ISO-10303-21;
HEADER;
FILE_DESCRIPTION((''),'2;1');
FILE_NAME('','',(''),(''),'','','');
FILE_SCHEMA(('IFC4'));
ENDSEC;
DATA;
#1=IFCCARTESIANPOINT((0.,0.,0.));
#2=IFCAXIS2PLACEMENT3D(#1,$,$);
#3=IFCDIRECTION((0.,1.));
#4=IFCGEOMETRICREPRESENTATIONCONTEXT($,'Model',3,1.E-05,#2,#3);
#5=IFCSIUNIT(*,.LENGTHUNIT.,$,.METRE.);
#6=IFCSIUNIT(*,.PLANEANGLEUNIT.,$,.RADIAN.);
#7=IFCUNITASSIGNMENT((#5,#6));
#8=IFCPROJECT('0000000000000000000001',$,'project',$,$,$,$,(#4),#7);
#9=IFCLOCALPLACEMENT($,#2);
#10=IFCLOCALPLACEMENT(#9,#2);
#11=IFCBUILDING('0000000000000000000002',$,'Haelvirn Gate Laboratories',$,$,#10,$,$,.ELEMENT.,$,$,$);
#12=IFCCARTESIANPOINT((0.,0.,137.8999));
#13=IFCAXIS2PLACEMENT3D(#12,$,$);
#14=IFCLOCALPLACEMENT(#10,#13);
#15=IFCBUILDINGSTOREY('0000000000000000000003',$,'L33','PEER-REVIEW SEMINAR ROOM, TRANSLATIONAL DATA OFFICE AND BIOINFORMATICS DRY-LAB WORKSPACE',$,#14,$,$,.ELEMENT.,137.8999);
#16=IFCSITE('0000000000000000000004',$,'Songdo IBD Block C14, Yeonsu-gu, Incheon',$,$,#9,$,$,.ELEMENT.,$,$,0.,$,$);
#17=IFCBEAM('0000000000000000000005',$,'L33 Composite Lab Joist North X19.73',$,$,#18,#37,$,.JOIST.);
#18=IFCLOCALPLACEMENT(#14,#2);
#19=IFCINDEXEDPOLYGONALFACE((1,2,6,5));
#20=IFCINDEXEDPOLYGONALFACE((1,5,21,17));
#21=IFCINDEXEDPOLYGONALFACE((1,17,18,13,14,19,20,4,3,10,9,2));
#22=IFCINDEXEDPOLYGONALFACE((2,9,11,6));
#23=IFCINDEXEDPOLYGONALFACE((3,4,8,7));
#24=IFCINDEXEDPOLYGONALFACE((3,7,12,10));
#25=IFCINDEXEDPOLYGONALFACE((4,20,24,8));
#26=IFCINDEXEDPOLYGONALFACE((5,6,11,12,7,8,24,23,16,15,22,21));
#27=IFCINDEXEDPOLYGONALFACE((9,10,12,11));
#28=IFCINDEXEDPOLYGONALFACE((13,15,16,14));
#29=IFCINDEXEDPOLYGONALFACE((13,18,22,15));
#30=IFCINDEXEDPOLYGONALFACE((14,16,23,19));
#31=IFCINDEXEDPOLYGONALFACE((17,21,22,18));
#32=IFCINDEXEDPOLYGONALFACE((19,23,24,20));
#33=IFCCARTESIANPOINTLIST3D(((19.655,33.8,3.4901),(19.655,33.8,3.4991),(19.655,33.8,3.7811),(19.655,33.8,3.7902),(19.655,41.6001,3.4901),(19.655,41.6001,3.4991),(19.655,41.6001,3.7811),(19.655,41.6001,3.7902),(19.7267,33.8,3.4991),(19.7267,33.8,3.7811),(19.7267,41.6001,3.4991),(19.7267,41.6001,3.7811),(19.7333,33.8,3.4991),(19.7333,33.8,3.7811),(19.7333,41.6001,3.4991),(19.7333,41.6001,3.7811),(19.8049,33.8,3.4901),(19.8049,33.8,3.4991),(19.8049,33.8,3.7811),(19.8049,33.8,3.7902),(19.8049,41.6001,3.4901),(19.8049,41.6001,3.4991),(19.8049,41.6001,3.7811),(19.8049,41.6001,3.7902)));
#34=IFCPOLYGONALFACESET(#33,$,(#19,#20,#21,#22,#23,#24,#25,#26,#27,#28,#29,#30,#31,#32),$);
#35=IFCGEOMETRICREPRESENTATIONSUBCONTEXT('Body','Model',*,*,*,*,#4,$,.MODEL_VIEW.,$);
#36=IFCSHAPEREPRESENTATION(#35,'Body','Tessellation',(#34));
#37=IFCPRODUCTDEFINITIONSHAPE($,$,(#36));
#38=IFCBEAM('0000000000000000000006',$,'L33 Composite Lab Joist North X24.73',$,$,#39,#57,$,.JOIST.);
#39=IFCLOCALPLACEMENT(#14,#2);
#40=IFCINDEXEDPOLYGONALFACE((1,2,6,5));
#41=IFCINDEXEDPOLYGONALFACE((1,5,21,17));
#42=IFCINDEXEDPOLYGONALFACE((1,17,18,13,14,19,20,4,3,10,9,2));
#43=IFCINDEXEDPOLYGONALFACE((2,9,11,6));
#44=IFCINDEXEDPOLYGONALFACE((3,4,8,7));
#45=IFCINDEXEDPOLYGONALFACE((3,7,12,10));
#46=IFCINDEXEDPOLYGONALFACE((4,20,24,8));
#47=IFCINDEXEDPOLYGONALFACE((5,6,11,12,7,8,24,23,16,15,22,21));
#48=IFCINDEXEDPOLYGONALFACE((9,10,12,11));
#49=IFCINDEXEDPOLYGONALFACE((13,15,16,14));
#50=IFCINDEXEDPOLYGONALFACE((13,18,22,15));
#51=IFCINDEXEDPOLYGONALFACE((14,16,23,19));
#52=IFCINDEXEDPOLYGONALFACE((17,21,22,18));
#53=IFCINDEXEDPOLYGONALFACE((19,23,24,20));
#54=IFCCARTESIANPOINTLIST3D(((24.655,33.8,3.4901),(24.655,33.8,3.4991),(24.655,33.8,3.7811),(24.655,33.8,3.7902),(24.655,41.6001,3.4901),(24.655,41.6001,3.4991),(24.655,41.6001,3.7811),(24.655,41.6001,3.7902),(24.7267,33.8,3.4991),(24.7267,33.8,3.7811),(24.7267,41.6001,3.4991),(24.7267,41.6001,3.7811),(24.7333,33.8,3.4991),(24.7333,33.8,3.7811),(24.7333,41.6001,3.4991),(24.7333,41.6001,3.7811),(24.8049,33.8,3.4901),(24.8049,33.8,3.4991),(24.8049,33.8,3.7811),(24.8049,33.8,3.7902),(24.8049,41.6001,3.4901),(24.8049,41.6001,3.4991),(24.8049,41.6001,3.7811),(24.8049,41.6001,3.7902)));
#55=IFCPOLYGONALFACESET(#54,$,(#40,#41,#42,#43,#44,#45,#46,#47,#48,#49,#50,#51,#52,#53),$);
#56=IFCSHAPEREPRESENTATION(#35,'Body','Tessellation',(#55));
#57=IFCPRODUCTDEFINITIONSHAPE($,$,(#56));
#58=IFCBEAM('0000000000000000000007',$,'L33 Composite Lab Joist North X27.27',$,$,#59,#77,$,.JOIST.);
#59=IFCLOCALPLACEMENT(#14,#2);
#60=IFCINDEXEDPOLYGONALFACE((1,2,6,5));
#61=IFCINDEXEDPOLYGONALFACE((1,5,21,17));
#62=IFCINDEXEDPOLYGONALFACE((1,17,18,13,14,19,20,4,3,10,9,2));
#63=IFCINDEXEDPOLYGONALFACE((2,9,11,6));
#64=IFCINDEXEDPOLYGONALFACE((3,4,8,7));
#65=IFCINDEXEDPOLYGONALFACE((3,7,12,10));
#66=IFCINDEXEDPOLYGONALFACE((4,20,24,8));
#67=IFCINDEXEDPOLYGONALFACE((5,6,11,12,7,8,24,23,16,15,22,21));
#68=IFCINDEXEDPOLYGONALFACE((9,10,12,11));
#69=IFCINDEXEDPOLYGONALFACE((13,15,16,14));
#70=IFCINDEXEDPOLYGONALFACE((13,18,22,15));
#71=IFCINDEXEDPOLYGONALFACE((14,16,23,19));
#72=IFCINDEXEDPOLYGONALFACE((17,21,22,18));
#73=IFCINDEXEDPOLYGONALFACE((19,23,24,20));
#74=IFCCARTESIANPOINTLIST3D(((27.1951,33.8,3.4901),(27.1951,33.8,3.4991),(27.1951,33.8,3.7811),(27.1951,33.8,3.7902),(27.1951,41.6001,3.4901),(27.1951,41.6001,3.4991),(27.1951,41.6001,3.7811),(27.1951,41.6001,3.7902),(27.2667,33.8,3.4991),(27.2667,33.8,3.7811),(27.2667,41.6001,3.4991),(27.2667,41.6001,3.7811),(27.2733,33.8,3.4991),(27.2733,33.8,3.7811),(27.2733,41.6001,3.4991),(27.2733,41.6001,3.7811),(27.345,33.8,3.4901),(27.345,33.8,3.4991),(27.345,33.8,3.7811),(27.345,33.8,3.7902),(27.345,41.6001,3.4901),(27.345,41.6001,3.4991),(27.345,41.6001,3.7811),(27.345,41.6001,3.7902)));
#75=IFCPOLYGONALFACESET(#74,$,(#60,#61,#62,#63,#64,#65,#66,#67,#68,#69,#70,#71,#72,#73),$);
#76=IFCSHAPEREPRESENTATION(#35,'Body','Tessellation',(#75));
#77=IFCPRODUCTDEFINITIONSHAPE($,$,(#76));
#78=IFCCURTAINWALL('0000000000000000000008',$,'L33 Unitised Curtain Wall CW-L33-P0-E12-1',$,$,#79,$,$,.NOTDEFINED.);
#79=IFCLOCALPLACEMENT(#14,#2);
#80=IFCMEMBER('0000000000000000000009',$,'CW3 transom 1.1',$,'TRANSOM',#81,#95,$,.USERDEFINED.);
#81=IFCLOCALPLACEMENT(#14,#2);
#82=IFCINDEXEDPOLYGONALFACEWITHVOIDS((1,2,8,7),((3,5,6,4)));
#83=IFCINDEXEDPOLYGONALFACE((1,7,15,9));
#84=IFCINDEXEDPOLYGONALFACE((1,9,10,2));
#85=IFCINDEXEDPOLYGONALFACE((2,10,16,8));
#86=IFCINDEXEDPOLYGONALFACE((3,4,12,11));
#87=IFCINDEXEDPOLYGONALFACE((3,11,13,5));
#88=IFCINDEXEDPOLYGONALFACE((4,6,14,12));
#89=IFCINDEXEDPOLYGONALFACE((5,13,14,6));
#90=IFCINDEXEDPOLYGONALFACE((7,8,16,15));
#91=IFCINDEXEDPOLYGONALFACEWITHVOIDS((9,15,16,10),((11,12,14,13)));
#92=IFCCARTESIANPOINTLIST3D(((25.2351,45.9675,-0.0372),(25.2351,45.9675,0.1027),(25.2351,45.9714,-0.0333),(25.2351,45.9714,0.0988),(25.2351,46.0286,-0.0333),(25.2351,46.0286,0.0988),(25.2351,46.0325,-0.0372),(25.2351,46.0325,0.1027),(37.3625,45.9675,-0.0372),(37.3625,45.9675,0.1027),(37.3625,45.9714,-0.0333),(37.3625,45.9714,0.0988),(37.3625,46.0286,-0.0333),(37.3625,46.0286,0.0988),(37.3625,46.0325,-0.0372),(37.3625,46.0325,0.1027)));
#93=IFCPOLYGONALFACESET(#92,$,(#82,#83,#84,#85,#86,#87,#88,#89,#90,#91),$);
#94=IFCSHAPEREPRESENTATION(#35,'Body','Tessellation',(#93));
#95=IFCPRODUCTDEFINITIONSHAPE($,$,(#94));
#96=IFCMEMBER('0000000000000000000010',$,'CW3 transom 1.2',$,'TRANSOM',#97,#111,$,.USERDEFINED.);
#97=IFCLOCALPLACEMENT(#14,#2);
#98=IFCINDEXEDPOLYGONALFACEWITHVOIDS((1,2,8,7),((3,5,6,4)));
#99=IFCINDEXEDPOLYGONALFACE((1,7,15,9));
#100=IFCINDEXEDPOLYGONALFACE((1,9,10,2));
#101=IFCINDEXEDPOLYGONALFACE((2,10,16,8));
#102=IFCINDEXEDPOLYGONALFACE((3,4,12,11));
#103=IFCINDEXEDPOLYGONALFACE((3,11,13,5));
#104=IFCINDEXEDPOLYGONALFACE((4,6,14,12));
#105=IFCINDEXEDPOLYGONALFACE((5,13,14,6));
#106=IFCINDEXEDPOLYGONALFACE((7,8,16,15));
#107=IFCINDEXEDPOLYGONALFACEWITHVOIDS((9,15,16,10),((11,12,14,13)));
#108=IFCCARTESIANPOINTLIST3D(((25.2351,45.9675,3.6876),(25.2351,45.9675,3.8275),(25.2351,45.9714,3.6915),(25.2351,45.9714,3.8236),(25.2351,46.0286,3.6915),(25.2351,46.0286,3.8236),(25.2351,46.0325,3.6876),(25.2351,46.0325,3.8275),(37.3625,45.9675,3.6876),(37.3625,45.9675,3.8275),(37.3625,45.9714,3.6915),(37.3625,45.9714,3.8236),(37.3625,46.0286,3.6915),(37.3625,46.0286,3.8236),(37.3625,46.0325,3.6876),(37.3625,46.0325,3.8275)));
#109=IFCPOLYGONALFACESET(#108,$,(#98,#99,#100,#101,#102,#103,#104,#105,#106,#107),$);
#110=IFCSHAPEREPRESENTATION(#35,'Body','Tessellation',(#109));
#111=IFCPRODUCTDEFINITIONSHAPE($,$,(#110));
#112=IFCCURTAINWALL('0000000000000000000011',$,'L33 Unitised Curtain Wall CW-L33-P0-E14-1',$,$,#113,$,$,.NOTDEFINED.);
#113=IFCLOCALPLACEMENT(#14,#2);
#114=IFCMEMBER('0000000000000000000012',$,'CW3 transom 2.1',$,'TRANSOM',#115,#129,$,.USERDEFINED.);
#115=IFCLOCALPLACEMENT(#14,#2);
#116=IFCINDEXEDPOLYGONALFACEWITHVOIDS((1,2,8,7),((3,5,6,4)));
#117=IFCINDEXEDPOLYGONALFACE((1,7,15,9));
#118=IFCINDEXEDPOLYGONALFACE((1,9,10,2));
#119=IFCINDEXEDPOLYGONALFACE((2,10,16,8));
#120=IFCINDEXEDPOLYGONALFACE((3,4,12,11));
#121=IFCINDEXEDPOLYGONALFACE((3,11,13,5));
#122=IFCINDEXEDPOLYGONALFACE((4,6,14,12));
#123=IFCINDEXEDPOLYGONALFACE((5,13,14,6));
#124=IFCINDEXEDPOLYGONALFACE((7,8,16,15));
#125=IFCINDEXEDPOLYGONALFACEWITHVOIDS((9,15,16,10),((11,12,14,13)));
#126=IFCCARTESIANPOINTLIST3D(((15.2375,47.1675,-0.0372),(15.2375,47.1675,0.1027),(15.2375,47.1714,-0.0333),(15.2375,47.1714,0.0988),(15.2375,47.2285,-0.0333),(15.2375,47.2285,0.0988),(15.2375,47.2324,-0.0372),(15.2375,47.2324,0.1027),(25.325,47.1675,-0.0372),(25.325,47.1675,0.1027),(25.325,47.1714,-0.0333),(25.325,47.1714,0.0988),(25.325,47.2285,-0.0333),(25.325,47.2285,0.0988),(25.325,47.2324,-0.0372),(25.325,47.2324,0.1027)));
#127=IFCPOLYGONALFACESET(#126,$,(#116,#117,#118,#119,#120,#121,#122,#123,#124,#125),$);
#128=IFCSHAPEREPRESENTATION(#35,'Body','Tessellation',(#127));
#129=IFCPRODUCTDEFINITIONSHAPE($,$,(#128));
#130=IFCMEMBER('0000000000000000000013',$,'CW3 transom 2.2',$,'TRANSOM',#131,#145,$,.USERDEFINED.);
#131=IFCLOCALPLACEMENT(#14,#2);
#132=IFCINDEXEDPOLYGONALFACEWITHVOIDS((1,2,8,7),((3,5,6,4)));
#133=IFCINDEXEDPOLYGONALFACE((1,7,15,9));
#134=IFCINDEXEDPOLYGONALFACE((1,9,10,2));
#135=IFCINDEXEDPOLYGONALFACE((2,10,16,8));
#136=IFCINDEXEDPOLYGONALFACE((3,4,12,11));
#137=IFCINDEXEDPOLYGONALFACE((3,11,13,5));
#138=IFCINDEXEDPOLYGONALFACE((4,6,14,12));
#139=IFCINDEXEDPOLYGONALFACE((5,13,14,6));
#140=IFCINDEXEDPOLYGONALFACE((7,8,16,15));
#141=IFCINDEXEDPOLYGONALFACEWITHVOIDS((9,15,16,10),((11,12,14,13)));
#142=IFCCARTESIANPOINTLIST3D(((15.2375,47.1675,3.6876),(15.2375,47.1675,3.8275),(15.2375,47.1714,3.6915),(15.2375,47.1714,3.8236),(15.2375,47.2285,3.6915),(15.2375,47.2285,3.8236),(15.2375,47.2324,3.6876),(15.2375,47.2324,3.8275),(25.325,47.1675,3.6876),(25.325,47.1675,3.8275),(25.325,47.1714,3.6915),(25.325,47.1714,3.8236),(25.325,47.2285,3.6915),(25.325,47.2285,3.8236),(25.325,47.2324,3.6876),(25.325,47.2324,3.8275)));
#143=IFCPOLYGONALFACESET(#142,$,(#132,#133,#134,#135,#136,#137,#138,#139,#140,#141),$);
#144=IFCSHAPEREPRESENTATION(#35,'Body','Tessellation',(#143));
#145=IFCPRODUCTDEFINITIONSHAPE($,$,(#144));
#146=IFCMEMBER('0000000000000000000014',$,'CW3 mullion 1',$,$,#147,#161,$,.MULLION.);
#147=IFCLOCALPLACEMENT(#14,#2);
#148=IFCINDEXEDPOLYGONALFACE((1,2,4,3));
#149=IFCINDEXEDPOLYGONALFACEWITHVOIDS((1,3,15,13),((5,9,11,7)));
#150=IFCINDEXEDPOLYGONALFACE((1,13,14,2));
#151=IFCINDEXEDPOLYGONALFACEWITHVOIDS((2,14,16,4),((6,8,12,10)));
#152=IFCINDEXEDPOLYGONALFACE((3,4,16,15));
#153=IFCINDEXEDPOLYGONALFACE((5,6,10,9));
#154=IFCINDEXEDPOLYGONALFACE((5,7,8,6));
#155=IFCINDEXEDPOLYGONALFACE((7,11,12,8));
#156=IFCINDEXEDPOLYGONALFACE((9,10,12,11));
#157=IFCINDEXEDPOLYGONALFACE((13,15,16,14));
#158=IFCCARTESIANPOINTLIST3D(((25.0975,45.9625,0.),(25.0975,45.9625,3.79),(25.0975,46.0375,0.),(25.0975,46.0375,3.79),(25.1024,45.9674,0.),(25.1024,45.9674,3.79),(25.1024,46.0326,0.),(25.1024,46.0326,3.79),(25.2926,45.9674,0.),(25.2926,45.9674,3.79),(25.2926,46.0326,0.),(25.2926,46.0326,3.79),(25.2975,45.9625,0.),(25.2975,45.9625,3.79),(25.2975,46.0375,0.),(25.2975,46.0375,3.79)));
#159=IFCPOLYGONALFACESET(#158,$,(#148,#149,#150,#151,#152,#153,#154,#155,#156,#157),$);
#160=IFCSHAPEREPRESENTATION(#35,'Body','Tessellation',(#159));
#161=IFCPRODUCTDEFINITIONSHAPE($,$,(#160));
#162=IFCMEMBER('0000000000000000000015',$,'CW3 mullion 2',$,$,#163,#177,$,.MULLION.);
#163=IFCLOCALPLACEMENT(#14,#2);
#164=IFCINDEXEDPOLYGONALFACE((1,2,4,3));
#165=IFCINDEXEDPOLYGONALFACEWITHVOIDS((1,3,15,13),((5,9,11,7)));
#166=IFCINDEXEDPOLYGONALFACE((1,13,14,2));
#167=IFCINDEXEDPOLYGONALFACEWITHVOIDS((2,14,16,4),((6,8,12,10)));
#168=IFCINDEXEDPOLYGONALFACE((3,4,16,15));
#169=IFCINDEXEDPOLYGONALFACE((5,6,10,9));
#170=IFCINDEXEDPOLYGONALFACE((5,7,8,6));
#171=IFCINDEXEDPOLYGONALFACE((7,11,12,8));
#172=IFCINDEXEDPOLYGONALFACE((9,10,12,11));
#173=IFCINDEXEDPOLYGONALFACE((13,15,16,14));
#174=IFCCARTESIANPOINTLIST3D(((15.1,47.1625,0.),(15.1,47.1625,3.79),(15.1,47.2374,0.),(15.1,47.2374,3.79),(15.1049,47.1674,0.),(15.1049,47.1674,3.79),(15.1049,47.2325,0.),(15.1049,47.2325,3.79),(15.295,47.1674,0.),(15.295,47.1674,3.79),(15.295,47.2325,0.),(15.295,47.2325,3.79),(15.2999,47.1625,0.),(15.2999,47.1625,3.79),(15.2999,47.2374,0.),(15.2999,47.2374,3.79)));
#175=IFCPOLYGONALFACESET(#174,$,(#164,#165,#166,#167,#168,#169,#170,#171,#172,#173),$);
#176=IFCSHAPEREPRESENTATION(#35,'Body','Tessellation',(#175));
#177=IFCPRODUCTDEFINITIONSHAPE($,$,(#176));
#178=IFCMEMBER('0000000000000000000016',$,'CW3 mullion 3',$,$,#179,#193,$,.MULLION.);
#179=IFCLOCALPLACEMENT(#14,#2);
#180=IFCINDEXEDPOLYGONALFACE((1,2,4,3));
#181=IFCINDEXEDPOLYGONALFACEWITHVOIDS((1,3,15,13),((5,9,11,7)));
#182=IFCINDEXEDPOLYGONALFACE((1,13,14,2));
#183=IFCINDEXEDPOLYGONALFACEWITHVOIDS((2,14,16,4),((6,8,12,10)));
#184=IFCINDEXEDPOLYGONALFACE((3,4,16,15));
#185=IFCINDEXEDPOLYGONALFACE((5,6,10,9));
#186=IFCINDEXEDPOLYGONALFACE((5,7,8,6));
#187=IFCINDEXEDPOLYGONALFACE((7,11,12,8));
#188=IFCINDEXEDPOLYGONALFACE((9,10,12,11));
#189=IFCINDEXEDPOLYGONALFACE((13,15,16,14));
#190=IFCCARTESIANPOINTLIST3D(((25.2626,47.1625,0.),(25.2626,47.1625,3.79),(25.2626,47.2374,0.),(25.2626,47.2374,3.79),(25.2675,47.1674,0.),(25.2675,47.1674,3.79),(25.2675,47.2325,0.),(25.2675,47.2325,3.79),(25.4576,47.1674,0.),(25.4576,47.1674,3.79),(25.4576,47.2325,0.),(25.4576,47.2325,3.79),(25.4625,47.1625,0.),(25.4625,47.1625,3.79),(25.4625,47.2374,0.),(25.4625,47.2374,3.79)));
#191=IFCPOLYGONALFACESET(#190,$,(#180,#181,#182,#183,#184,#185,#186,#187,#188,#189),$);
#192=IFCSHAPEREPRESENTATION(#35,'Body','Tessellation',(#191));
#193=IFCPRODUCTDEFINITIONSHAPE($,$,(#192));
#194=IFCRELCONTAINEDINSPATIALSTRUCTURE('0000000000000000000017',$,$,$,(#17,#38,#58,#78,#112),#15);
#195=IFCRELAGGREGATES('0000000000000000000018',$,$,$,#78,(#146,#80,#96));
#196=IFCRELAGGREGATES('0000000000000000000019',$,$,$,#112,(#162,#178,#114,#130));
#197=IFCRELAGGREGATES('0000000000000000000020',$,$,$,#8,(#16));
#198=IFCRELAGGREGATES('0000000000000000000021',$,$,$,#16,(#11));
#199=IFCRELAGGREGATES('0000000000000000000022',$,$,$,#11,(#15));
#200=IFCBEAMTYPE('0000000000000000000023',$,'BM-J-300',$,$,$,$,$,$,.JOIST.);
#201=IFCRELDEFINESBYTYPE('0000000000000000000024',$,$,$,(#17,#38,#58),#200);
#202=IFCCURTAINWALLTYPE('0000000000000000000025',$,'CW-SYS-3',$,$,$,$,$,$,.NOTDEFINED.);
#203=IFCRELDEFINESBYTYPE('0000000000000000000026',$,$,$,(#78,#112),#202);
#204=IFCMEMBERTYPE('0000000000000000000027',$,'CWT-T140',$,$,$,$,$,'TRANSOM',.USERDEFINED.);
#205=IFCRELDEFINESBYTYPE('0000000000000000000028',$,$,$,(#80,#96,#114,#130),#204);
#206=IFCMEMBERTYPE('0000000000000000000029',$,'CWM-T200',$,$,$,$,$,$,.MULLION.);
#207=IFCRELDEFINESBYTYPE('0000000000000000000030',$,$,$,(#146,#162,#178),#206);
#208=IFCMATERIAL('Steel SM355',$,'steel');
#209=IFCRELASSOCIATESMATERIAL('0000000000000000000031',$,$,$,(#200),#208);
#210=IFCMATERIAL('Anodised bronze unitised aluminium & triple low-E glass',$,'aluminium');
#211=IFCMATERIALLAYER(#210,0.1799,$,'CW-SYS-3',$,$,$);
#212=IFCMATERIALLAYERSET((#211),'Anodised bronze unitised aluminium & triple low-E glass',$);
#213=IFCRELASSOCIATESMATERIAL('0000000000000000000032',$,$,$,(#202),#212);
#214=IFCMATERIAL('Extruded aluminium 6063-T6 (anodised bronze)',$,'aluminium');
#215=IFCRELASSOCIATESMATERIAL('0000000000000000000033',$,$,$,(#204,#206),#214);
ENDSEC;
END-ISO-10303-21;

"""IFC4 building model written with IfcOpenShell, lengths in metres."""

from ifc_helpers import new_model, si_unit, direction, frame, origin, origin_2d, place, context, subcontext, project, spatial, hollow_rectangle, i_section, extrude, source, transform, mapped, material, layer, layer_set, material_profile, profile_set, type_object, type_shapes, element, aggregate, save


model = new_model("IFC4")

# Units and contexts
model_context = context("Model", 3, precision=1e-05, world=origin(), true_north=direction((0.0, 1.0)))
body_context = subcontext(model_context, "Body", "Model", "MODEL_VIEW")
ifc_project = project(units=[si_unit("LENGTHUNIT", "METRE"), si_unit("PLANEANGLEUNIT", "RADIAN")], contexts=[model_context])

# Site, building, storey
site_placement = place(None, origin())
site = spatial("IfcSite", under=ifc_project, at=site_placement, Name="Songdo IBD Block C14, Yeonsu-gu, Incheon", CompositionType="ELEMENT", RefElevation=0.0)
building_placement = place(site_placement, origin())
building = spatial("IfcBuilding", under=site, at=building_placement, Name="Haelvirn Gate Laboratories", CompositionType="ELEMENT")
storey_placement = place(building_placement, frame((0.0, 0.0, 137.8999)))
storey = spatial("IfcBuildingStorey", under=building, at=storey_placement, Name="L33", Description="PEER-REVIEW SEMINAR ROOM, TRANSLATIONAL DATA OFFICE AND BIOINFORMATICS DRY-LAB WORKSPACE", CompositionType="ELEMENT", Elevation=137.8999)

# Shared definitions
ifc_material_1 = material(Name="Steel SM355", Category="steel")

# Beams
ifc_material_profile_1 = material_profile(ifc_material_1, i_section(OverallWidth=0.1499, OverallDepth=0.3, WebThickness=0.0066, FlangeThickness=0.009, at=origin_2d()), Name="H-300x150x6.5x9")
ifc_profile_set_1 = profile_set([ifc_material_profile_1], Name="Steel SM355")
beam_type_1 = type_object("IfcBeamType", Name="BM-J-300", PredefinedType="JOIST", material=ifc_profile_set_1)
shared_shape_1 = source(origin(), body_context, "Body", "SweptSolid", [
    extrude(i_section(OverallWidth=0.1499, OverallDepth=0.3, WebThickness=0.0066, FlangeThickness=0.009, at=origin_2d()), origin(), (0.0, 0.0, 1.0), 7.8),
])
type_shapes(beam_type_1, [shared_shape_1])
for number, where, z_axis, x_axis, name in (
    (1, (19.73, 33.8, 3.6401), (0.0, 1.0, 0.0), (-1.0, 0.0, 0.0), "L33 Composite Lab Joist North X19.73"),
    (2, (24.73, 33.8, 3.6401), (0.0, 1.0, 0.0), (-1.0, 0.0, 0.0), "L33 Composite Lab Joist North X24.73"),
    (3, (27.27, 33.8, 3.6401), (0.0, 1.0, 0.0), (-1.0, 0.0, 0.0), "L33 Composite Lab Joist North X27.27"),
):
    element("IfcBeam", number, at=place(storey_placement, frame(where, z_axis=z_axis, x_axis=x_axis)), inside=storey, type_object=beam_type_1, Name=name, PredefinedType="JOIST", context=body_context, shape_type="MappedRepresentation", body=[
        mapped(shared_shape_1, transform((0.0, 0.0, 0.0), scale=1.0)),
    ])

# Curtain walls, members
ifc_material_2 = material(Name="Anodised bronze unitised aluminium & triple low-E glass", Category="aluminium")
ifc_layer_1 = layer(ifc_material_2, 0.1799, Name="CW-SYS-3")
ifc_layer_set_1 = layer_set([ifc_layer_1], Name="Anodised bronze unitised aluminium & triple low-E glass")
curtain_wall_type = type_object("IfcCurtainWallType", Name="CW-SYS-3", PredefinedType="NOTDEFINED", material=ifc_layer_set_1)
curtain_wall_1_placement = place(storey_placement, origin())
curtain_wall_1 = element("IfcCurtainWall", 4, at=curtain_wall_1_placement, inside=storey, type_object=curtain_wall_type, Name="L33 Unitised Curtain Wall CW-L33-P0-E12-1", PredefinedType="NOTDEFINED")
ifc_material_3 = material(Name="Extruded aluminium 6063-T6 (anodised bronze)", Category="aluminium")
ifc_material_profile_2 = material_profile(ifc_material_3, hollow_rectangle(XDim=0.0649, YDim=0.1399, WallThickness=0.0039, at=origin_2d()), Name="CWT-140x65x4")
ifc_profile_set_2 = profile_set([ifc_material_profile_2], Name="Extruded aluminium 6063-T6 (anodised bronze)")
member_type_1 = type_object("IfcMemberType", Name="CWT-T140", ElementType="TRANSOM", PredefinedType="USERDEFINED", material=ifc_profile_set_2)
shared_shape_2 = source(origin(), body_context, "Body", "SweptSolid", [
    extrude(hollow_rectangle(XDim=0.0649, YDim=0.1399, WallThickness=0.0039, at=origin_2d()), origin(), (0.0, 0.0, 1.0), 12.1274),
])
member_1_placement = place(storey_placement, frame((25.2351, 46.0, 0.0327), z_axis=(1.0, 0.0, 0.0), x_axis=(0.0, 1.0, 0.0)))
member_1 = element("IfcMember", 5, at=member_1_placement, type_object=member_type_1, Name="CW3 transom 1.1", ObjectType="TRANSOM", PredefinedType="USERDEFINED", context=body_context, shape_type="MappedRepresentation", body=[
    mapped(shared_shape_2, transform((0.0, 0.0, 0.0), scale=1.0)),
])
member_2_placement = place(storey_placement, frame((25.2351, 46.0, 3.7576), z_axis=(1.0, 0.0, 0.0), x_axis=(0.0, 1.0, 0.0)))
member_2 = element("IfcMember", 6, at=member_2_placement, type_object=member_type_1, Name="CW3 transom 1.2", ObjectType="TRANSOM", PredefinedType="USERDEFINED", context=body_context, shape_type="MappedRepresentation", body=[
    mapped(shared_shape_2, transform((0.0, 0.0, 0.0), scale=1.0)),
])
curtain_wall_2_placement = place(storey_placement, origin())
curtain_wall_2 = element("IfcCurtainWall", 7, at=curtain_wall_2_placement, inside=storey, type_object=curtain_wall_type, Name="L33 Unitised Curtain Wall CW-L33-P0-E14-1", PredefinedType="NOTDEFINED")
shared_shape_3 = source(origin(), body_context, "Body", "SweptSolid", [
    extrude(hollow_rectangle(XDim=0.0649, YDim=0.1399, WallThickness=0.0039, at=origin_2d()), origin(), (0.0, 0.0, 1.0), 10.0874),
])
type_shapes(member_type_1, [shared_shape_2, shared_shape_3])
member_3_placement = place(storey_placement, frame((15.2375, 47.2, 0.0327), z_axis=(1.0, 0.0, 0.0), x_axis=(0.0, 1.0, 0.0)))
member_3 = element("IfcMember", 8, at=member_3_placement, type_object=member_type_1, Name="CW3 transom 2.1", ObjectType="TRANSOM", PredefinedType="USERDEFINED", context=body_context, shape_type="MappedRepresentation", body=[
    mapped(shared_shape_3, transform((0.0, 0.0, 0.0), scale=1.0)),
])
member_4_placement = place(storey_placement, frame((15.2375, 47.2, 3.7576), z_axis=(1.0, 0.0, 0.0), x_axis=(0.0, 1.0, 0.0)))
member_4 = element("IfcMember", 9, at=member_4_placement, type_object=member_type_1, Name="CW3 transom 2.2", ObjectType="TRANSOM", PredefinedType="USERDEFINED", context=body_context, shape_type="MappedRepresentation", body=[
    mapped(shared_shape_3, transform((0.0, 0.0, 0.0), scale=1.0)),
])

# Members
ifc_material_profile_3 = material_profile(ifc_material_3, hollow_rectangle(XDim=0.075, YDim=0.2, WallThickness=0.0049, at=origin_2d()), Name="CWM-200x75x5")
ifc_profile_set_3 = profile_set([ifc_material_profile_3], Name="Extruded aluminium 6063-T6 (anodised bronze)")
member_type_2 = type_object("IfcMemberType", Name="CWM-T200", PredefinedType="MULLION", material=ifc_profile_set_3)
shared_shape_4 = source(origin(), body_context, "Body", "SweptSolid", [
    extrude(hollow_rectangle(XDim=0.075, YDim=0.2, WallThickness=0.0049, at=origin_2d()), origin(), (0.0, 0.0, 1.0), 3.79),
])
type_shapes(member_type_2, [shared_shape_4])
member_5_placement = place(storey_placement, frame((25.1975, 46.0, 0.0), z_axis=(0.0, 0.0, 1.0), x_axis=(0.0, 1.0, 0.0)))
member_5 = element("IfcMember", 10, at=member_5_placement, type_object=member_type_2, Name="CW3 mullion 1", PredefinedType="MULLION", context=body_context, shape_type="MappedRepresentation", body=[
    mapped(shared_shape_4, transform((0.0, 0.0, 0.0), scale=1.0)),
])
aggregate(curtain_wall_1, [member_5, member_1, member_2])
member_6_placement = place(storey_placement, frame((15.2, 47.2, 0.0), z_axis=(0.0, 0.0, 1.0), x_axis=(0.0, 1.0, 0.0)))
member_6 = element("IfcMember", 11, at=member_6_placement, type_object=member_type_2, Name="CW3 mullion 2", PredefinedType="MULLION", context=body_context, shape_type="MappedRepresentation", body=[
    mapped(shared_shape_4, transform((0.0, 0.0, 0.0), scale=1.0)),
])
member_7_placement = place(storey_placement, frame((25.3625, 47.2, 0.0), z_axis=(0.0, 0.0, 1.0), x_axis=(0.0, 1.0, 0.0)))
member_7 = element("IfcMember", 12, at=member_7_placement, type_object=member_type_2, Name="CW3 mullion 3", PredefinedType="MULLION", context=body_context, shape_type="MappedRepresentation", body=[
    mapped(shared_shape_4, transform((0.0, 0.0, 0.0), scale=1.0)),
])

aggregate(curtain_wall_2, [member_6, member_7, member_3, member_4])

save(model, "model.ifc")
